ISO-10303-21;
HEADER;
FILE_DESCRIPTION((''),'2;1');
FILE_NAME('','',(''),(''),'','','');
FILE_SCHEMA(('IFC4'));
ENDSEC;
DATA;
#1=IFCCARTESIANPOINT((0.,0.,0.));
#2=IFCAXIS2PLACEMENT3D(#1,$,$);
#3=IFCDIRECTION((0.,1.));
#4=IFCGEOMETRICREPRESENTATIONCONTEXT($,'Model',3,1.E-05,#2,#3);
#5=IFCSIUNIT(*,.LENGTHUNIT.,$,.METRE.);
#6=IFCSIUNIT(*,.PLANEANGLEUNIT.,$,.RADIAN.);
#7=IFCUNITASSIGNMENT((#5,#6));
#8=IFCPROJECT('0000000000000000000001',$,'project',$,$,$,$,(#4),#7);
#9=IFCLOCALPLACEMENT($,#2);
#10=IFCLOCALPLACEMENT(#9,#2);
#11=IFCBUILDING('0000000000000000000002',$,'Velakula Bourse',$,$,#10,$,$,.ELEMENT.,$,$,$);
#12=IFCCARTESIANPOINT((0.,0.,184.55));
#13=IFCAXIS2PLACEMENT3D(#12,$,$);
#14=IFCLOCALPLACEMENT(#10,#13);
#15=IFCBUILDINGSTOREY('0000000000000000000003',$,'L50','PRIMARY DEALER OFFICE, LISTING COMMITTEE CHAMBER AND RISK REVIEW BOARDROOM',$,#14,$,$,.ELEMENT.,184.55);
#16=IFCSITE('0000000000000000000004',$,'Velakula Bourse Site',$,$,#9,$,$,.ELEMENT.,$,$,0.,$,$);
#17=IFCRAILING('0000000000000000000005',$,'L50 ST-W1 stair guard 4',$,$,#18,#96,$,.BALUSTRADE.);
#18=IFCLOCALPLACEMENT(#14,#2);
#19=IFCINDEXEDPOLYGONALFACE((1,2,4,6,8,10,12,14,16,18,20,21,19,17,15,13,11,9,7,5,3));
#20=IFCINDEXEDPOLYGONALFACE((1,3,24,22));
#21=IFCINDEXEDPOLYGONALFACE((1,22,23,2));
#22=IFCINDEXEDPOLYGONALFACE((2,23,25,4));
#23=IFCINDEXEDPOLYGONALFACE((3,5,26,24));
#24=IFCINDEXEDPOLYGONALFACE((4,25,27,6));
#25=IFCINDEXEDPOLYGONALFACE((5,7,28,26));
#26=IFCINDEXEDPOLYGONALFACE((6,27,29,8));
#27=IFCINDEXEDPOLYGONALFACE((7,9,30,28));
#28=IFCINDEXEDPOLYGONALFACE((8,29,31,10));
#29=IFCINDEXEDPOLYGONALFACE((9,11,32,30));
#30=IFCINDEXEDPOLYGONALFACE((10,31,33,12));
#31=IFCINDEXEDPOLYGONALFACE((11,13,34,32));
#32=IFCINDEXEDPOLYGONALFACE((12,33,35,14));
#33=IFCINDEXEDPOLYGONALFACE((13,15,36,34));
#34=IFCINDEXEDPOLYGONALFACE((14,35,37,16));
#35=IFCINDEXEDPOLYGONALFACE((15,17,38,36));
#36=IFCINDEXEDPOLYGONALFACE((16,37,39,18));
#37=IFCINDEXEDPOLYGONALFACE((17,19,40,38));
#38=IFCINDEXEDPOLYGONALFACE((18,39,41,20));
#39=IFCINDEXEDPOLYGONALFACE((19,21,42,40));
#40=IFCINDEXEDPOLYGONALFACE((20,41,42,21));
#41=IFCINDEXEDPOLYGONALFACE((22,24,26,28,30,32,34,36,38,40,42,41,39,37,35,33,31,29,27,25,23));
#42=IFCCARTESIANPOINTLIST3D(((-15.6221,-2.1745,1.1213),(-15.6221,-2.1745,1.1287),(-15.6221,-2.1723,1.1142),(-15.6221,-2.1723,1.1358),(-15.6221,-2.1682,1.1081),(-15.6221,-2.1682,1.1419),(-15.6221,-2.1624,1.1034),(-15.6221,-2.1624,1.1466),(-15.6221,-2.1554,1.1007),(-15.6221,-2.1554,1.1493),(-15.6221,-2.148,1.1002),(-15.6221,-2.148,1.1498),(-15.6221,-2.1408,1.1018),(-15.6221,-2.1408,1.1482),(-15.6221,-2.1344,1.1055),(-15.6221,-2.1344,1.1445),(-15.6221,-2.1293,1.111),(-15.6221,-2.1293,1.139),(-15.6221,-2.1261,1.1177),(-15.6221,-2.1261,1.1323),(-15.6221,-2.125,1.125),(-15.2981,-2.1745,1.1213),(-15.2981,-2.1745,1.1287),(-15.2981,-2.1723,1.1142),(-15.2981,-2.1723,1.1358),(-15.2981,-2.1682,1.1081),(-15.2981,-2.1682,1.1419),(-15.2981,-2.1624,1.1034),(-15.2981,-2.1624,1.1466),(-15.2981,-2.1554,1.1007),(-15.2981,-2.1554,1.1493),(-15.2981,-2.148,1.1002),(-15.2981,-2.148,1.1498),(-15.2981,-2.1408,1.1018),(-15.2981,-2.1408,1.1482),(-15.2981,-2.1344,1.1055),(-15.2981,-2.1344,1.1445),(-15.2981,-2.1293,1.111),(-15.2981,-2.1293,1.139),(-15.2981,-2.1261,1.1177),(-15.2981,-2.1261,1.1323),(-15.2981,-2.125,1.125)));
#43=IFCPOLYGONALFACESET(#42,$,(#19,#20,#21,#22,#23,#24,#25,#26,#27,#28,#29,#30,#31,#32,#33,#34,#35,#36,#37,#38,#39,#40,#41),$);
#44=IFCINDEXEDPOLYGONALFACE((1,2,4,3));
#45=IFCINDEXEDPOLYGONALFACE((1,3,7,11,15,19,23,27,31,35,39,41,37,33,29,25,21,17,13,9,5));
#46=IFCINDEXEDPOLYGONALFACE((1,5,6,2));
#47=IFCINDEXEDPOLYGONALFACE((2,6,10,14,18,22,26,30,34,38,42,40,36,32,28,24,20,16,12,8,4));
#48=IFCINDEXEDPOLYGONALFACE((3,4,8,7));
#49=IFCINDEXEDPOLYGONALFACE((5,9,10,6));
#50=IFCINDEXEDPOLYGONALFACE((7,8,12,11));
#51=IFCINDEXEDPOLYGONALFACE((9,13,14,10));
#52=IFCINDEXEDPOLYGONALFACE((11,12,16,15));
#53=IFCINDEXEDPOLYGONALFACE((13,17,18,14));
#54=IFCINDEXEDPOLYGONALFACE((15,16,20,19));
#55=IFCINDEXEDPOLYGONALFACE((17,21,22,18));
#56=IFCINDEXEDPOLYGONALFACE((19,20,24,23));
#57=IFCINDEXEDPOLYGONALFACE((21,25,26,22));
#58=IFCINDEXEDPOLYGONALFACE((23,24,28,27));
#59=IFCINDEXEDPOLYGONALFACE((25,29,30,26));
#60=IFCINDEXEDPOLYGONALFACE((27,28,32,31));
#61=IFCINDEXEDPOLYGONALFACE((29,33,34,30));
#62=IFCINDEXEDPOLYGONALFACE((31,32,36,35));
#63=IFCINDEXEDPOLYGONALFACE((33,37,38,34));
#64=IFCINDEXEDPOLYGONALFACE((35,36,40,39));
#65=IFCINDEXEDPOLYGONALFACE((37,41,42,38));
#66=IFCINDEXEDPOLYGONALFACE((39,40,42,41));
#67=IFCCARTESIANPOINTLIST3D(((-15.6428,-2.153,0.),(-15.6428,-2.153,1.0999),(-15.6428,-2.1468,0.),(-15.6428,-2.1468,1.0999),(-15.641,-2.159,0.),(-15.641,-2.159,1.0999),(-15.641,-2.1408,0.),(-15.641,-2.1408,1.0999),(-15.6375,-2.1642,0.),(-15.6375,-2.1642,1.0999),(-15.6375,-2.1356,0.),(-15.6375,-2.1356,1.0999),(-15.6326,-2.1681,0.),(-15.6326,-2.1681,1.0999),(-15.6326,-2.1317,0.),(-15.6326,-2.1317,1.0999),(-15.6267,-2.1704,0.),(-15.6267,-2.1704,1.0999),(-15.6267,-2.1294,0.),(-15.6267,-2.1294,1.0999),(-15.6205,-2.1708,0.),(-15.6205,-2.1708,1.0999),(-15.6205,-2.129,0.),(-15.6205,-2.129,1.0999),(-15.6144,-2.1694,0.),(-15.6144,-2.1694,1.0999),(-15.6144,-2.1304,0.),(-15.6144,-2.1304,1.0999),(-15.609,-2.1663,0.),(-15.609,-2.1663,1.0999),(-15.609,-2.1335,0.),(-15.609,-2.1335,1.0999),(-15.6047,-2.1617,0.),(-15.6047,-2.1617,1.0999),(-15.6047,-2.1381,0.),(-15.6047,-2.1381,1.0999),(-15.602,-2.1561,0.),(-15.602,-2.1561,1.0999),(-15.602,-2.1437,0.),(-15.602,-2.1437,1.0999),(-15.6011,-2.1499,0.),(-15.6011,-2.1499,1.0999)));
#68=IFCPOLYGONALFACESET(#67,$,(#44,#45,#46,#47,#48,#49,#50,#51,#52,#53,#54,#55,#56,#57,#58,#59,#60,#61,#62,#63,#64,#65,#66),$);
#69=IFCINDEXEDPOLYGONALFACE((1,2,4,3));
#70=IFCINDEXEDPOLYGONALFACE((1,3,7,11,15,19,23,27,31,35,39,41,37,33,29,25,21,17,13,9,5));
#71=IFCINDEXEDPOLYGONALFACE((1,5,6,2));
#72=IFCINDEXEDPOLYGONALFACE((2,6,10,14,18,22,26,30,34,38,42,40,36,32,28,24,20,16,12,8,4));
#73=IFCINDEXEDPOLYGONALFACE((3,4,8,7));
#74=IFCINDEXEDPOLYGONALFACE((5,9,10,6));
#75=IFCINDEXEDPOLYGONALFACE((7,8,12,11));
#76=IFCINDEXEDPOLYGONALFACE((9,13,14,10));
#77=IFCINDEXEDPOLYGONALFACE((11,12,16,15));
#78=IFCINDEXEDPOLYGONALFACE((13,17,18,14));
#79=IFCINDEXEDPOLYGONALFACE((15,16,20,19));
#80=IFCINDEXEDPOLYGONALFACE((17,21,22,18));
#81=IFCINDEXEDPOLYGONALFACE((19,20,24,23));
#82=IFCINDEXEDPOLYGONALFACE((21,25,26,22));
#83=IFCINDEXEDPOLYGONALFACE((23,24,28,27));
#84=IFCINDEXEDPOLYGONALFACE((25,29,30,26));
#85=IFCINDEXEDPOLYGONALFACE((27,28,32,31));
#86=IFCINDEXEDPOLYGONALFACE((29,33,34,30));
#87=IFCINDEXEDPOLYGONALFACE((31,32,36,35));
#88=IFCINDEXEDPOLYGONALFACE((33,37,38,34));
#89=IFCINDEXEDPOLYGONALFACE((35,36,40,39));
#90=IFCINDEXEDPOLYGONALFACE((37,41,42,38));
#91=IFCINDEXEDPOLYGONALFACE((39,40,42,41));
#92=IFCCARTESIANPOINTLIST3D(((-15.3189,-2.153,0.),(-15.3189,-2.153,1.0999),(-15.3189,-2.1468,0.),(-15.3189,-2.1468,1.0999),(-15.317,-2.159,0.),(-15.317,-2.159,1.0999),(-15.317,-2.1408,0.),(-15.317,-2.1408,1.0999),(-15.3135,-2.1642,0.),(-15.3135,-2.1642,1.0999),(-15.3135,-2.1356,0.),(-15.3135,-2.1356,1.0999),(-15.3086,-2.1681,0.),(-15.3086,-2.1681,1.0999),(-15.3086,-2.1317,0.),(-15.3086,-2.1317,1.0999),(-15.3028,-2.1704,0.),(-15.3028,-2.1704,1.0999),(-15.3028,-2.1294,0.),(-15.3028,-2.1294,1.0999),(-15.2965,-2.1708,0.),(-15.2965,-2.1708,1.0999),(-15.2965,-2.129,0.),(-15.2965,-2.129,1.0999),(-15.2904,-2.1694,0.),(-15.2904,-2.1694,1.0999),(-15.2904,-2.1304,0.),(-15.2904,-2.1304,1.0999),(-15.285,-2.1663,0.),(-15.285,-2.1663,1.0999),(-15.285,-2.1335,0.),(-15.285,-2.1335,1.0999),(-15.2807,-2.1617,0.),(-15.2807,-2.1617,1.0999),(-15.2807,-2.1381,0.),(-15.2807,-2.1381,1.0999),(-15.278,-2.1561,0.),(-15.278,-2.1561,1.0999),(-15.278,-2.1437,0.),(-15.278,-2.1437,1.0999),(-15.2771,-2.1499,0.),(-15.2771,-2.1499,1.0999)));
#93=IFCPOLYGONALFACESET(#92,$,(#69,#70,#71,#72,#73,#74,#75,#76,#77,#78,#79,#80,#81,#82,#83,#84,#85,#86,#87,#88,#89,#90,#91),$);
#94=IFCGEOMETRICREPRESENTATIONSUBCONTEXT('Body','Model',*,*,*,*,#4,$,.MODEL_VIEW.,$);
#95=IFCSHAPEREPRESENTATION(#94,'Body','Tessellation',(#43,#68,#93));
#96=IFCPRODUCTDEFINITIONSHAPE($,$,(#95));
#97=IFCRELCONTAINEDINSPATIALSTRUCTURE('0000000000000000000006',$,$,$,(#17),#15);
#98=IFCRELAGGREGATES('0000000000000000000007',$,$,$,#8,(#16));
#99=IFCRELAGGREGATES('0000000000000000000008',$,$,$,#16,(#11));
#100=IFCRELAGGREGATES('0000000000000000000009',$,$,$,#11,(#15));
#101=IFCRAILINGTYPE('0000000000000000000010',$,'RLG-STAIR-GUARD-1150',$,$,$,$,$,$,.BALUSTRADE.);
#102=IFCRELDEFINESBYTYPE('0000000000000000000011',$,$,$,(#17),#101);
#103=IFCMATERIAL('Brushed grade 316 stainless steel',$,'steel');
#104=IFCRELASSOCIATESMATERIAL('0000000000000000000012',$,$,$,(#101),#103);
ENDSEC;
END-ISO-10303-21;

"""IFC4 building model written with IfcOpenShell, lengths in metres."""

from ifc_helpers import new_model, si_unit, direction, frame, origin, origin_2d, place, context, subcontext, project, spatial, circle, extrude, material, type_object, element, save


model = new_model("IFC4")

# Units and contexts
model_context = context("Model", 3, precision=1e-05, world=origin(), true_north=direction((0.0, 1.0)))
body_context = subcontext(model_context, "Body", "Model", "MODEL_VIEW")
ifc_project = project(units=[si_unit("LENGTHUNIT", "METRE"), si_unit("PLANEANGLEUNIT", "RADIAN")], contexts=[model_context])

# Site, building, storey
site_placement = place(None, origin())
site = spatial("IfcSite", under=ifc_project, at=site_placement, Name="Velakula Bourse Site", CompositionType="ELEMENT", RefElevation=0.0)
building_placement = place(site_placement, origin())
building = spatial("IfcBuilding", under=site, at=building_placement, Name="Velakula Bourse", CompositionType="ELEMENT")
storey_placement = place(building_placement, frame((0.0, 0.0, 184.55)))
storey = spatial("IfcBuildingStorey", under=building, at=storey_placement, Name="L50", Description="PRIMARY DEALER OFFICE, LISTING COMMITTEE CHAMBER AND RISK REVIEW BOARDROOM", CompositionType="ELEMENT", Elevation=184.55)

# Shared definitions
ifc_material_1 = material(Name="Brushed grade 316 stainless steel", Category="steel")

# Railing
railing_type_1 = type_object("IfcRailingType", Name="RLG-STAIR-GUARD-1150", PredefinedType="BALUSTRADE", material=ifc_material_1)
railing_1_placement = place(storey_placement, frame((-15.6221, -2.1499, 0.0)))
element("IfcRailing", 1, at=railing_1_placement, inside=storey, type_object=railing_type_1, Name="L50 ST-W1 stair guard 4", PredefinedType="BALUSTRADE", context=body_context, shape_type="SweptSolid", body=[
    extrude(circle(Radius=0.0249, at=origin_2d()), frame((0.0, 0.0, 1.125), z_axis=(1.0, 0.0, 0.0), x_axis=(0.0, 1.0, 0.0)), (0.0, 0.0, 1.0), 0.324),
    extrude(circle(Radius=0.021, at=origin_2d()), origin(), (0.0, 0.0, 1.0), 1.0999),
    extrude(circle(Radius=0.021, at=origin_2d()), frame((0.324, 0.0, 0.0)), (0.0, 0.0, 1.0), 1.0999),
])

save(model, "model.ifc")
